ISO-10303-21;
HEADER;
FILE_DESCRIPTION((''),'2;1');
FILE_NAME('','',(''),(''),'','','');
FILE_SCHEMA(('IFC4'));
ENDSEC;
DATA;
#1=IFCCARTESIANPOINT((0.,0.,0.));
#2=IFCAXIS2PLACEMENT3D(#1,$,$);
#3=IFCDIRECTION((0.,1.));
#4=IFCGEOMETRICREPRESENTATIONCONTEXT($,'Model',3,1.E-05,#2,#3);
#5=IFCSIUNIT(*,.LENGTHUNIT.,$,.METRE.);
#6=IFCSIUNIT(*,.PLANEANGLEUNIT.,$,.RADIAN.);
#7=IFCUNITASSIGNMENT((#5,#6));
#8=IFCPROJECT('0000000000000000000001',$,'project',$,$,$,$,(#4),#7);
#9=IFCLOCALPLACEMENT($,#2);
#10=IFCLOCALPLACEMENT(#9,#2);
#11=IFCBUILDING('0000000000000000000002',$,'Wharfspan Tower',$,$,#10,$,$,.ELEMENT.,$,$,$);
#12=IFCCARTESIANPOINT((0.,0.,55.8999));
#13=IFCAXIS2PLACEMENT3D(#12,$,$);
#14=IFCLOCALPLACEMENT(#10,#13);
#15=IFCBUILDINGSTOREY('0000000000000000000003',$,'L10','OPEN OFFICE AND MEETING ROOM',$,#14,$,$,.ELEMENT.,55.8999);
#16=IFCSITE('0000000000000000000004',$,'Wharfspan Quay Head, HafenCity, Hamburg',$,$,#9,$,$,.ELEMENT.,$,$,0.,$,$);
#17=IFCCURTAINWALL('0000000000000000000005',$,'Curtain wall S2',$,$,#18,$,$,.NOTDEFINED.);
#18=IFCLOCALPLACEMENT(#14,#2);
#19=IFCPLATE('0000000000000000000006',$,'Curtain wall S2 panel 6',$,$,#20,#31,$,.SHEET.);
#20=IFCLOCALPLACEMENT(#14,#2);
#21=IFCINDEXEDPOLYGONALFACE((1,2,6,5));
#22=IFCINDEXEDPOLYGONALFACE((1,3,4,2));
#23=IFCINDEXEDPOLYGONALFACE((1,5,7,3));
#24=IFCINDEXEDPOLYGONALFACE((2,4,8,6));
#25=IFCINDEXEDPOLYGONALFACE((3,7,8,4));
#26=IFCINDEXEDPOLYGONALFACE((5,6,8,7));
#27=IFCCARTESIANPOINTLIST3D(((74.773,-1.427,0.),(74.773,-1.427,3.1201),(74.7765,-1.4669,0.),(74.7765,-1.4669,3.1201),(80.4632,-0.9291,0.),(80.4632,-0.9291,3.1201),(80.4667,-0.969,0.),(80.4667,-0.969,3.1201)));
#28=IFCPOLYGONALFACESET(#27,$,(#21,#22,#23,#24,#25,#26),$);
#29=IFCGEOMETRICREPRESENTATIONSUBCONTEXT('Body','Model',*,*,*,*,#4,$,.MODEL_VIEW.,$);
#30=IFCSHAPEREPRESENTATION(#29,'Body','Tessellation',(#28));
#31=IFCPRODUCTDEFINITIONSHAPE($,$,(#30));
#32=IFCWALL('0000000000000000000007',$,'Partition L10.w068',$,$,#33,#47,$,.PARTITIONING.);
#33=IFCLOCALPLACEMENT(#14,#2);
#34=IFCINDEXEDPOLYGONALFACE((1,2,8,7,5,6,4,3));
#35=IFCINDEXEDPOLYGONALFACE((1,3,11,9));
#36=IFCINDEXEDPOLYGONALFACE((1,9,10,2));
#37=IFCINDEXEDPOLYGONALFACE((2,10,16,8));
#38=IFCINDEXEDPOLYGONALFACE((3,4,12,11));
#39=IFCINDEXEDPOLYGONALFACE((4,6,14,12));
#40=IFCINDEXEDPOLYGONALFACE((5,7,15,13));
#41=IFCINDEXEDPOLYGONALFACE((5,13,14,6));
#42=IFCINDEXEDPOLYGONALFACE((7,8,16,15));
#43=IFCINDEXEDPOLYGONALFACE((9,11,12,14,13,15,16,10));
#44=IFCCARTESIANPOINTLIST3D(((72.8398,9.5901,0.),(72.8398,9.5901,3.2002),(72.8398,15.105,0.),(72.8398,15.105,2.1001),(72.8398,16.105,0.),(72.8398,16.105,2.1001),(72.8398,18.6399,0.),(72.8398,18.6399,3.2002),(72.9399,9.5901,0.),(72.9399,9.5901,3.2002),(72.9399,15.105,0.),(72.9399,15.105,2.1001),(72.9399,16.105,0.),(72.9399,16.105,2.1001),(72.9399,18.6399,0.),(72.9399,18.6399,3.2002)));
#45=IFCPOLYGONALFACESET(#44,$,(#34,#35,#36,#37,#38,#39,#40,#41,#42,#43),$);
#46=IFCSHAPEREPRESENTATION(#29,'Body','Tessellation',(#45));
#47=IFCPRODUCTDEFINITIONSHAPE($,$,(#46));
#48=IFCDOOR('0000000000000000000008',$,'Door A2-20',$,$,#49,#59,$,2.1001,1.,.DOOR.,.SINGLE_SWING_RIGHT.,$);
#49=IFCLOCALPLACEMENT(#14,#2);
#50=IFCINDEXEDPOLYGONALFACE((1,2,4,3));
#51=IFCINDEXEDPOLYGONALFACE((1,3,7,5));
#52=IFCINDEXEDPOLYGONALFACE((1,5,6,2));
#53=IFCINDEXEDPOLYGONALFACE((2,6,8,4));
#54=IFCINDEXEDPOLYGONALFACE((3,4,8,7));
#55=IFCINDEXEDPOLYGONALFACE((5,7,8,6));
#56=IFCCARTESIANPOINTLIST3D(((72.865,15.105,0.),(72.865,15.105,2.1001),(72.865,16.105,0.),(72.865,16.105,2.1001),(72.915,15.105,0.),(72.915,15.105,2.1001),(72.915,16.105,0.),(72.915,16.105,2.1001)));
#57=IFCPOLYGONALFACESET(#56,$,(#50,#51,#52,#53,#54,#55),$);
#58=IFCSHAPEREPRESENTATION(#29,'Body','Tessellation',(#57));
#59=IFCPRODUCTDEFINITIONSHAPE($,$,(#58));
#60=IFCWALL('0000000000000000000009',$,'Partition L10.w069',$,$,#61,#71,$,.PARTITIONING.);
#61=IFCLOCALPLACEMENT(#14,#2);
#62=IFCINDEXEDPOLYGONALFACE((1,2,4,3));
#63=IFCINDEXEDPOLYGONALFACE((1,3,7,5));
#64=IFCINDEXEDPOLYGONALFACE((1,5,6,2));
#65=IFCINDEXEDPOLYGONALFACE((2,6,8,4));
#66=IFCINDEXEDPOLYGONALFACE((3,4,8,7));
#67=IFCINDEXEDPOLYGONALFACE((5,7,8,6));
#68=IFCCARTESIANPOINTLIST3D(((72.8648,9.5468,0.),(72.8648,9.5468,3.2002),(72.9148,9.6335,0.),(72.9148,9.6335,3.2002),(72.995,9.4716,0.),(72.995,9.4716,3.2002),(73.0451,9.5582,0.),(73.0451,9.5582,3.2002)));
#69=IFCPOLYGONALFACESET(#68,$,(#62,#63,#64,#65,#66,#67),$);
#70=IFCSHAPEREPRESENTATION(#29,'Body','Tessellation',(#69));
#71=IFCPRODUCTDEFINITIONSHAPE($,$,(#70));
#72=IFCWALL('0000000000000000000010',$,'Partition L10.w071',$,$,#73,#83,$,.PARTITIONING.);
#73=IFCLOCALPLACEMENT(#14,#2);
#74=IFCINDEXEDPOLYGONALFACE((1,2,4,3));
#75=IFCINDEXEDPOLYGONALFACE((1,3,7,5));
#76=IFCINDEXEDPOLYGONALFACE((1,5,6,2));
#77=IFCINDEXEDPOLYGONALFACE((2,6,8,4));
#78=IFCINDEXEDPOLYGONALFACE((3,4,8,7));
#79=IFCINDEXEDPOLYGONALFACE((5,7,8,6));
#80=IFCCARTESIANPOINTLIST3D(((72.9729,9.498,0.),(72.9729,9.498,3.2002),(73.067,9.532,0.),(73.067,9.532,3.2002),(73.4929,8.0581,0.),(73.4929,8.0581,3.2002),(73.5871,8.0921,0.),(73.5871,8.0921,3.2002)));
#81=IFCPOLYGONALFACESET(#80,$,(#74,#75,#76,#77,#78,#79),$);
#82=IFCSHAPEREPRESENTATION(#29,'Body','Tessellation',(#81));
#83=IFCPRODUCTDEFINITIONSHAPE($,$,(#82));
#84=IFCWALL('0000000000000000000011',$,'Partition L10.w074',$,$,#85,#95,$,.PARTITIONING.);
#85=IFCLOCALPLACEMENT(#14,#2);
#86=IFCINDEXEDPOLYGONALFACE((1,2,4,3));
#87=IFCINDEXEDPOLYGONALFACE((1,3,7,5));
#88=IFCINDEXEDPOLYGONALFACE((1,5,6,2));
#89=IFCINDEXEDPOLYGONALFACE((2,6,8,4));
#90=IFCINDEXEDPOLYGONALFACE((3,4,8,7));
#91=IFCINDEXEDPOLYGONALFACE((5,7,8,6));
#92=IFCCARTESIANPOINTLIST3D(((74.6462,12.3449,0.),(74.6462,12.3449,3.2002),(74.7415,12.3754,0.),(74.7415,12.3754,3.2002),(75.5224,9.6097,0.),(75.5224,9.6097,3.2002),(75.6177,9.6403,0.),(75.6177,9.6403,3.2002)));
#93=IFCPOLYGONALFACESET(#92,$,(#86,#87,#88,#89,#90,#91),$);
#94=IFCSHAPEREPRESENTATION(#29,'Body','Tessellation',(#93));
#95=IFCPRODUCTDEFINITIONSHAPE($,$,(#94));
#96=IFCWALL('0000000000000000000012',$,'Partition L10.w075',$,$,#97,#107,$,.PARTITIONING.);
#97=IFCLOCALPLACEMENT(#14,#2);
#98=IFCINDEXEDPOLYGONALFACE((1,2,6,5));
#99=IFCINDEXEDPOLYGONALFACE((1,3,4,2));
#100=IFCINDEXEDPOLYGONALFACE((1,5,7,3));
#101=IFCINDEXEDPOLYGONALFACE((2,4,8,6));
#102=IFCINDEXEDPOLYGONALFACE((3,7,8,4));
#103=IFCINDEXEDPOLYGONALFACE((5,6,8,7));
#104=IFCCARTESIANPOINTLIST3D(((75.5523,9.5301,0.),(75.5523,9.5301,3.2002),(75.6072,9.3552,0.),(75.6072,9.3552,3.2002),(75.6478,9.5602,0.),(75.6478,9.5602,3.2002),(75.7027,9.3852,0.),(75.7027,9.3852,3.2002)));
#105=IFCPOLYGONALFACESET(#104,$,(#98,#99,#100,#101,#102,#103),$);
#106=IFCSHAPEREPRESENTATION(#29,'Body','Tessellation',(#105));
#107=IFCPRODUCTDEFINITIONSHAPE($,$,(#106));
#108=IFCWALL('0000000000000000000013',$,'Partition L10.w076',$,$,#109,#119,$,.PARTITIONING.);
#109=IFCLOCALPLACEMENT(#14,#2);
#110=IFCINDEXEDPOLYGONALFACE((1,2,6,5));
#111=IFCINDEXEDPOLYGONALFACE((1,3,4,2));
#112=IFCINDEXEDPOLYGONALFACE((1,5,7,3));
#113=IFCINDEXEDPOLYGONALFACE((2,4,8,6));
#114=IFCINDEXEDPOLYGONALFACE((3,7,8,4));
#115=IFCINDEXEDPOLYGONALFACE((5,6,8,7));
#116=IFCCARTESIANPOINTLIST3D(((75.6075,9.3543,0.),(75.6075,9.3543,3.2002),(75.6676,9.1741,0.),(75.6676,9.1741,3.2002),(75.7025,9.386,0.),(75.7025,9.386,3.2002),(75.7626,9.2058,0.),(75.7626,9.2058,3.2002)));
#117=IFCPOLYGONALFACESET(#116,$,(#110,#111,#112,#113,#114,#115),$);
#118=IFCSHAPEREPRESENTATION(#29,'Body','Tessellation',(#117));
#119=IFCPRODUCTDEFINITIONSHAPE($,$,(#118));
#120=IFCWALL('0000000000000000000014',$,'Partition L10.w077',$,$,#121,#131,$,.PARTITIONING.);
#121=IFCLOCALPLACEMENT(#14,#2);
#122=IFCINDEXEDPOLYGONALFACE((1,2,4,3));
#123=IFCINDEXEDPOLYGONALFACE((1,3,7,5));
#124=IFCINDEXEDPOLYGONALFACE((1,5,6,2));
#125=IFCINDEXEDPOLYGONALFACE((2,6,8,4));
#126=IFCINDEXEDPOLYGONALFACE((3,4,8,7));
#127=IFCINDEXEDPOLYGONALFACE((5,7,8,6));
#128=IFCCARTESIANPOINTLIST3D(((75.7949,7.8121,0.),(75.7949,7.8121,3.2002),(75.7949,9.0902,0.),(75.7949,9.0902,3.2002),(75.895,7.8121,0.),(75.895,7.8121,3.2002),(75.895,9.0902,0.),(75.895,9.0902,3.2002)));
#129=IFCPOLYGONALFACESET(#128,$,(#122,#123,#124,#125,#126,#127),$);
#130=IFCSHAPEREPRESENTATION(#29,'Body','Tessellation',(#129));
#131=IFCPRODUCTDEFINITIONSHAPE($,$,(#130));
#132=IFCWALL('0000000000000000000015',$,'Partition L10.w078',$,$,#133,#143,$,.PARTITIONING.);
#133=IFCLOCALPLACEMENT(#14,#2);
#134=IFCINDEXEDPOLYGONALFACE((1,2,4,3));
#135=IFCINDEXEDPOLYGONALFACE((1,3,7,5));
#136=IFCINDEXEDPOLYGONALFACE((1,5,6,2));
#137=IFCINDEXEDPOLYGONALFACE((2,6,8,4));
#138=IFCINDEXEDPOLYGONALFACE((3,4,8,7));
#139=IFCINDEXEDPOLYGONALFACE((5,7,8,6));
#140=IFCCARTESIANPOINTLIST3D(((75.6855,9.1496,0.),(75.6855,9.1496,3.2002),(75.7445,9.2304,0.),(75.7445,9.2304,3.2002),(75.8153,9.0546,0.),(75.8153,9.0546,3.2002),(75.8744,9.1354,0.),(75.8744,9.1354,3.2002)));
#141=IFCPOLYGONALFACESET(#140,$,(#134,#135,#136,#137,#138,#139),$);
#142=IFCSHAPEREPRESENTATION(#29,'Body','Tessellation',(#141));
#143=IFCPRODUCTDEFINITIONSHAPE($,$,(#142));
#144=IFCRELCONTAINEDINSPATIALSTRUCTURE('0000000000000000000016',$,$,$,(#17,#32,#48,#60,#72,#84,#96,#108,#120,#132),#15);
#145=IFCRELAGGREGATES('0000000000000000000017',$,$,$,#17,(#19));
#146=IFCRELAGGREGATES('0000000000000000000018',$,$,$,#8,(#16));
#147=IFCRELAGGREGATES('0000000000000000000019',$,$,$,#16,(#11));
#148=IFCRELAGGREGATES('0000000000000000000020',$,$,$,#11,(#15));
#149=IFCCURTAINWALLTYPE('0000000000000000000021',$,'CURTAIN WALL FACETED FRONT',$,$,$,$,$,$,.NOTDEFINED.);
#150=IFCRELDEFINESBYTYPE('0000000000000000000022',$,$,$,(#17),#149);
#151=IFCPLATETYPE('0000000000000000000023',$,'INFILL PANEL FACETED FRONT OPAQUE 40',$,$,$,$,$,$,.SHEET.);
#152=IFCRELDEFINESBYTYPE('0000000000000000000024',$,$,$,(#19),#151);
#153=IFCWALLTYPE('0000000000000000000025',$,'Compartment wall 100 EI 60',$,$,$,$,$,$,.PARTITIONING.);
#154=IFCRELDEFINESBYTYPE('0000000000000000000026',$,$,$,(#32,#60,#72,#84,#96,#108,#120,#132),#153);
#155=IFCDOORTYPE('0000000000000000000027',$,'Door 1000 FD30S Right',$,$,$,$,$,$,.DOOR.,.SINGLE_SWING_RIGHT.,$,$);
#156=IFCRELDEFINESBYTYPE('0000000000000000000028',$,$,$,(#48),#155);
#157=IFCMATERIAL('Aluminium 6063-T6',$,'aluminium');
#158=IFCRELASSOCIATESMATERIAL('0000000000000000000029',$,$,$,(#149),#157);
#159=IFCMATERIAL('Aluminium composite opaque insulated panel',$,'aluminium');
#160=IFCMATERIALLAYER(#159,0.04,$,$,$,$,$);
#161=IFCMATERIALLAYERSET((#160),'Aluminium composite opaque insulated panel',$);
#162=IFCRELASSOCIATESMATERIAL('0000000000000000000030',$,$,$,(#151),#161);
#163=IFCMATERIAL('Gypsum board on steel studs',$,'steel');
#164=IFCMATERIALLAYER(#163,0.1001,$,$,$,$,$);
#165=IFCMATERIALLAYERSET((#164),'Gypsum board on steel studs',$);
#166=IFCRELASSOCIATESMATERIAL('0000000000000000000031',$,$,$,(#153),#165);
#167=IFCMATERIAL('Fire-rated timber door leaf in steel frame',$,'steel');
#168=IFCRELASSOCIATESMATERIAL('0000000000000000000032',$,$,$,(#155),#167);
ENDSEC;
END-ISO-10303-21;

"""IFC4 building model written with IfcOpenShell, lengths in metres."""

from ifc_helpers import new_model, si_unit, direction, frame, frame_2d, origin, origin_2d, place, context, subcontext, project, spatial, rectangle, extrude, material, layer, layer_set, type_object, element, fill, aggregate, save


model = new_model("IFC4")

# Units and contexts
model_context = context("Model", 3, precision=1e-05, world=origin(), true_north=direction((0.0, 1.0)))
body_context = subcontext(model_context, "Body", "Model", "MODEL_VIEW")
ifc_project = project(units=[si_unit("LENGTHUNIT", "METRE"), si_unit("PLANEANGLEUNIT", "RADIAN")], contexts=[model_context])

# Site, building, storey
site_placement = place(None, origin())
site = spatial("IfcSite", under=ifc_project, at=site_placement, Name="Wharfspan Quay Head, HafenCity, Hamburg", CompositionType="ELEMENT", RefElevation=0.0)
building_placement = place(site_placement, origin())
building = spatial("IfcBuilding", under=site, at=building_placement, Name="Wharfspan Tower", CompositionType="ELEMENT")
storey_placement = place(building_placement, frame((0.0, 0.0, 55.8999)))
storey = spatial("IfcBuildingStorey", under=building, at=storey_placement, Name="L10", Description="OPEN OFFICE AND MEETING ROOM", CompositionType="ELEMENT", Elevation=55.8999)

# Curtain wall
ifc_material_1 = material(Name="Aluminium 6063-T6", Category="aluminium")
curtain_wall_type = type_object("IfcCurtainWallType", Name="CURTAIN WALL FACETED FRONT", PredefinedType="NOTDEFINED", material=ifc_material_1)
curtain_wall_placement = place(storey_placement, origin())
curtain_wall = element("IfcCurtainWall", 1, at=curtain_wall_placement, inside=storey, type_object=curtain_wall_type, Name="Curtain wall S2", PredefinedType="NOTDEFINED")

# Plate
ifc_material_2 = material(Name="Aluminium composite opaque insulated panel", Category="aluminium")
ifc_layer_1 = layer(ifc_material_2, 0.04)
ifc_layer_set_1 = layer_set([ifc_layer_1], Name="Aluminium composite opaque insulated panel")
plate_type = type_object("IfcPlateType", Name="INFILL PANEL FACETED FRONT OPAQUE 40", PredefinedType="SHEET", material=ifc_layer_set_1)
plate_placement = place(storey_placement, frame((77.6199, -1.198, 0.0), z_axis=(0.0, 0.0, 1.0), x_axis=(0.996197, 0.087156, 0.0)))
plate = element("IfcPlate", 2, at=plate_placement, type_object=plate_type, Name="Curtain wall S2 panel 6", PredefinedType="SHEET", context=body_context, shape_type="SweptSolid", body=[
    extrude(rectangle(XDim=5.7119, YDim=0.04, at=origin_2d()), origin(), (0.0, 0.0, 1.0), 3.1201),
])
aggregate(curtain_wall, [plate])

# Wall, opening, door
ifc_material_3 = material(Name="Gypsum board on steel studs", Category="steel")
ifc_layer_2 = layer(ifc_material_3, 0.1001)
ifc_layer_set_2 = layer_set([ifc_layer_2], Name="Gypsum board on steel studs")
wall_type_1 = type_object("IfcWallType", Name="Compartment wall 100 EI 60", PredefinedType="PARTITIONING", material=ifc_layer_set_2)
wall_1_placement = place(storey_placement, frame((72.8899, 9.5901, 0.0), z_axis=(0.0, 0.0, 1.0), x_axis=(0.0, 1.0, 0.0)))
wall_1 = element("IfcWall", 3, at=wall_1_placement, inside=storey, type_object=wall_type_1, Name="Partition L10.w068", PredefinedType="PARTITIONING", context=body_context, shape_type="SweptSolid", body=[
    extrude(rectangle(XDim=9.0498, YDim=0.1001, at=frame_2d((4.5249, 0.0))), origin(), (0.0, 0.0, 1.0), 3.2002),
])
opening_1_placement = place(wall_1_placement, frame((5.5149, 0.0, 0.0)))
opening_1 = element("IfcOpeningElement", 4, at=opening_1_placement, cuts=wall_1, PredefinedType="OPENING", context=body_context, shape_type="SweptSolid", body=[
    extrude(rectangle(XDim=1.0, YDim=2.1001, at=frame_2d((0.5, 1.05))), frame((0.0, 0.0601, 0.0), z_axis=(0.0, -1.0, 0.0), x_axis=(1.0, 0.0, 0.0)), (0.0, 0.0, 1.0), 0.1201),
])
ifc_material_4 = material(Name="Fire-rated timber door leaf in steel frame", Category="steel")
door_type_1 = type_object("IfcDoorType", Name="Door 1000 FD30S Right", OperationType="SINGLE_SWING_RIGHT", PredefinedType="DOOR", material=ifc_material_4)
door_1_placement = place(opening_1_placement, origin())
door_1 = element("IfcDoor", 5, at=door_1_placement, inside=storey, type_object=door_type_1, Name="Door A2-20", OperationType="SINGLE_SWING_RIGHT", OverallHeight=2.1001, OverallWidth=1.0, PredefinedType="DOOR", context=body_context, shape_type="SweptSolid", body=[
    extrude(rectangle(XDim=1.0, YDim=2.1001, at=frame_2d((0.5, 1.05))), frame((0.0, 0.0249, 0.0), z_axis=(0.0, -1.0, 0.0), x_axis=(1.0, 0.0, 0.0)), (0.0, 0.0, 1.0), 0.05),
])
fill(opening_1, door_1)

# Walls
wall_2_placement = place(storey_placement, frame((73.02, 9.5149, 0.0), z_axis=(0.0, 0.0, 1.0), x_axis=(-0.865836, 0.500333, 0.0)))
element("IfcWall", 6, at=wall_2_placement, inside=storey, type_object=wall_type_1, Name="Partition L10.w069", PredefinedType="PARTITIONING", context=body_context, shape_type="SweptSolid", body=[
    extrude(rectangle(XDim=0.1504, YDim=0.1001, at=frame_2d((0.0752, 0.0))), origin(), (0.0, 0.0, 1.0), 3.2002),
])
wall_3_placement = place(storey_placement, frame((73.54, 8.075, 0.0), z_axis=(0.0, 0.0, 1.0), x_axis=(-0.339669, 0.940548, 0.0)))
element("IfcWall", 7, at=wall_3_placement, inside=storey, type_object=wall_type_1, Name="Partition L10.w071", PredefinedType="PARTITIONING", context=body_context, shape_type="SweptSolid", body=[
    extrude(rectangle(XDim=1.531, YDim=0.1001, at=frame_2d((0.7656, 0.0))), origin(), (0.0, 0.0, 1.0), 3.2002),
])
wall_4_placement = place(storey_placement, frame((75.5701, 9.625, 0.0), z_axis=(0.0, 0.0, 1.0), x_axis=(-0.305088, 0.952327, 0.0)))
element("IfcWall", 8, at=wall_4_placement, inside=storey, type_object=wall_type_1, Name="Partition L10.w074", PredefinedType="PARTITIONING", context=body_context, shape_type="SweptSolid", body=[
    extrude(rectangle(XDim=2.8721, YDim=0.1001, at=frame_2d((1.436, 0.0))), origin(), (0.0, 0.0, 1.0), 3.2002),
])
wall_5_placement = place(storey_placement, frame((75.655, 9.3701, 0.0), z_axis=(0.0, 0.0, 1.0), x_axis=(-0.299793, 0.954008, 0.0)))
element("IfcWall", 9, at=wall_5_placement, inside=storey, type_object=wall_type_1, Name="Partition L10.w075", PredefinedType="PARTITIONING", context=body_context, shape_type="SweptSolid", body=[
    extrude(rectangle(XDim=0.1834, YDim=0.1001, at=frame_2d((0.0918, 0.0))), origin(), (0.0, 0.0, 1.0), 3.2002),
])
wall_6_placement = place(storey_placement, frame((75.7151, 9.1899, 0.0), z_axis=(0.0, 0.0, 1.0), x_axis=(-0.316228, 0.948684, 0.0)))
element("IfcWall", 10, at=wall_6_placement, inside=storey, type_object=wall_type_1, Name="Partition L10.w076", PredefinedType="PARTITIONING", context=body_context, shape_type="SweptSolid", body=[
    extrude(rectangle(XDim=0.1899, YDim=0.1001, at=frame_2d((0.095, 0.0))), origin(), (0.0, 0.0, 1.0), 3.2002),
])
wall_7_placement = place(storey_placement, frame((75.845, 7.812, 0.0), z_axis=(0.0, 0.0, 1.0), x_axis=(0.0, 1.0, 0.0)))
element("IfcWall", 11, at=wall_7_placement, inside=storey, type_object=wall_type_1, Name="Partition L10.w077", PredefinedType="PARTITIONING", context=body_context, shape_type="SweptSolid", body=[
    extrude(rectangle(XDim=1.2781, YDim=0.1001, at=frame_2d((0.6392, 0.0))), origin(), (0.0, 0.0, 1.0), 3.2002),
])
wall_8_placement = place(storey_placement, frame((75.845, 9.095, 0.0), z_axis=(0.0, 0.0, 1.0), x_axis=(-0.807226, 0.590246, 0.0)))
element("IfcWall", 12, at=wall_8_placement, inside=storey, type_object=wall_type_1, Name="Partition L10.w078", PredefinedType="PARTITIONING", context=body_context, shape_type="SweptSolid", body=[
    extrude(rectangle(XDim=0.1609, YDim=0.1001, at=frame_2d((0.0806, 0.0))), origin(), (0.0, 0.0, 1.0), 3.2002),
])

save(model, "model.ifc")
